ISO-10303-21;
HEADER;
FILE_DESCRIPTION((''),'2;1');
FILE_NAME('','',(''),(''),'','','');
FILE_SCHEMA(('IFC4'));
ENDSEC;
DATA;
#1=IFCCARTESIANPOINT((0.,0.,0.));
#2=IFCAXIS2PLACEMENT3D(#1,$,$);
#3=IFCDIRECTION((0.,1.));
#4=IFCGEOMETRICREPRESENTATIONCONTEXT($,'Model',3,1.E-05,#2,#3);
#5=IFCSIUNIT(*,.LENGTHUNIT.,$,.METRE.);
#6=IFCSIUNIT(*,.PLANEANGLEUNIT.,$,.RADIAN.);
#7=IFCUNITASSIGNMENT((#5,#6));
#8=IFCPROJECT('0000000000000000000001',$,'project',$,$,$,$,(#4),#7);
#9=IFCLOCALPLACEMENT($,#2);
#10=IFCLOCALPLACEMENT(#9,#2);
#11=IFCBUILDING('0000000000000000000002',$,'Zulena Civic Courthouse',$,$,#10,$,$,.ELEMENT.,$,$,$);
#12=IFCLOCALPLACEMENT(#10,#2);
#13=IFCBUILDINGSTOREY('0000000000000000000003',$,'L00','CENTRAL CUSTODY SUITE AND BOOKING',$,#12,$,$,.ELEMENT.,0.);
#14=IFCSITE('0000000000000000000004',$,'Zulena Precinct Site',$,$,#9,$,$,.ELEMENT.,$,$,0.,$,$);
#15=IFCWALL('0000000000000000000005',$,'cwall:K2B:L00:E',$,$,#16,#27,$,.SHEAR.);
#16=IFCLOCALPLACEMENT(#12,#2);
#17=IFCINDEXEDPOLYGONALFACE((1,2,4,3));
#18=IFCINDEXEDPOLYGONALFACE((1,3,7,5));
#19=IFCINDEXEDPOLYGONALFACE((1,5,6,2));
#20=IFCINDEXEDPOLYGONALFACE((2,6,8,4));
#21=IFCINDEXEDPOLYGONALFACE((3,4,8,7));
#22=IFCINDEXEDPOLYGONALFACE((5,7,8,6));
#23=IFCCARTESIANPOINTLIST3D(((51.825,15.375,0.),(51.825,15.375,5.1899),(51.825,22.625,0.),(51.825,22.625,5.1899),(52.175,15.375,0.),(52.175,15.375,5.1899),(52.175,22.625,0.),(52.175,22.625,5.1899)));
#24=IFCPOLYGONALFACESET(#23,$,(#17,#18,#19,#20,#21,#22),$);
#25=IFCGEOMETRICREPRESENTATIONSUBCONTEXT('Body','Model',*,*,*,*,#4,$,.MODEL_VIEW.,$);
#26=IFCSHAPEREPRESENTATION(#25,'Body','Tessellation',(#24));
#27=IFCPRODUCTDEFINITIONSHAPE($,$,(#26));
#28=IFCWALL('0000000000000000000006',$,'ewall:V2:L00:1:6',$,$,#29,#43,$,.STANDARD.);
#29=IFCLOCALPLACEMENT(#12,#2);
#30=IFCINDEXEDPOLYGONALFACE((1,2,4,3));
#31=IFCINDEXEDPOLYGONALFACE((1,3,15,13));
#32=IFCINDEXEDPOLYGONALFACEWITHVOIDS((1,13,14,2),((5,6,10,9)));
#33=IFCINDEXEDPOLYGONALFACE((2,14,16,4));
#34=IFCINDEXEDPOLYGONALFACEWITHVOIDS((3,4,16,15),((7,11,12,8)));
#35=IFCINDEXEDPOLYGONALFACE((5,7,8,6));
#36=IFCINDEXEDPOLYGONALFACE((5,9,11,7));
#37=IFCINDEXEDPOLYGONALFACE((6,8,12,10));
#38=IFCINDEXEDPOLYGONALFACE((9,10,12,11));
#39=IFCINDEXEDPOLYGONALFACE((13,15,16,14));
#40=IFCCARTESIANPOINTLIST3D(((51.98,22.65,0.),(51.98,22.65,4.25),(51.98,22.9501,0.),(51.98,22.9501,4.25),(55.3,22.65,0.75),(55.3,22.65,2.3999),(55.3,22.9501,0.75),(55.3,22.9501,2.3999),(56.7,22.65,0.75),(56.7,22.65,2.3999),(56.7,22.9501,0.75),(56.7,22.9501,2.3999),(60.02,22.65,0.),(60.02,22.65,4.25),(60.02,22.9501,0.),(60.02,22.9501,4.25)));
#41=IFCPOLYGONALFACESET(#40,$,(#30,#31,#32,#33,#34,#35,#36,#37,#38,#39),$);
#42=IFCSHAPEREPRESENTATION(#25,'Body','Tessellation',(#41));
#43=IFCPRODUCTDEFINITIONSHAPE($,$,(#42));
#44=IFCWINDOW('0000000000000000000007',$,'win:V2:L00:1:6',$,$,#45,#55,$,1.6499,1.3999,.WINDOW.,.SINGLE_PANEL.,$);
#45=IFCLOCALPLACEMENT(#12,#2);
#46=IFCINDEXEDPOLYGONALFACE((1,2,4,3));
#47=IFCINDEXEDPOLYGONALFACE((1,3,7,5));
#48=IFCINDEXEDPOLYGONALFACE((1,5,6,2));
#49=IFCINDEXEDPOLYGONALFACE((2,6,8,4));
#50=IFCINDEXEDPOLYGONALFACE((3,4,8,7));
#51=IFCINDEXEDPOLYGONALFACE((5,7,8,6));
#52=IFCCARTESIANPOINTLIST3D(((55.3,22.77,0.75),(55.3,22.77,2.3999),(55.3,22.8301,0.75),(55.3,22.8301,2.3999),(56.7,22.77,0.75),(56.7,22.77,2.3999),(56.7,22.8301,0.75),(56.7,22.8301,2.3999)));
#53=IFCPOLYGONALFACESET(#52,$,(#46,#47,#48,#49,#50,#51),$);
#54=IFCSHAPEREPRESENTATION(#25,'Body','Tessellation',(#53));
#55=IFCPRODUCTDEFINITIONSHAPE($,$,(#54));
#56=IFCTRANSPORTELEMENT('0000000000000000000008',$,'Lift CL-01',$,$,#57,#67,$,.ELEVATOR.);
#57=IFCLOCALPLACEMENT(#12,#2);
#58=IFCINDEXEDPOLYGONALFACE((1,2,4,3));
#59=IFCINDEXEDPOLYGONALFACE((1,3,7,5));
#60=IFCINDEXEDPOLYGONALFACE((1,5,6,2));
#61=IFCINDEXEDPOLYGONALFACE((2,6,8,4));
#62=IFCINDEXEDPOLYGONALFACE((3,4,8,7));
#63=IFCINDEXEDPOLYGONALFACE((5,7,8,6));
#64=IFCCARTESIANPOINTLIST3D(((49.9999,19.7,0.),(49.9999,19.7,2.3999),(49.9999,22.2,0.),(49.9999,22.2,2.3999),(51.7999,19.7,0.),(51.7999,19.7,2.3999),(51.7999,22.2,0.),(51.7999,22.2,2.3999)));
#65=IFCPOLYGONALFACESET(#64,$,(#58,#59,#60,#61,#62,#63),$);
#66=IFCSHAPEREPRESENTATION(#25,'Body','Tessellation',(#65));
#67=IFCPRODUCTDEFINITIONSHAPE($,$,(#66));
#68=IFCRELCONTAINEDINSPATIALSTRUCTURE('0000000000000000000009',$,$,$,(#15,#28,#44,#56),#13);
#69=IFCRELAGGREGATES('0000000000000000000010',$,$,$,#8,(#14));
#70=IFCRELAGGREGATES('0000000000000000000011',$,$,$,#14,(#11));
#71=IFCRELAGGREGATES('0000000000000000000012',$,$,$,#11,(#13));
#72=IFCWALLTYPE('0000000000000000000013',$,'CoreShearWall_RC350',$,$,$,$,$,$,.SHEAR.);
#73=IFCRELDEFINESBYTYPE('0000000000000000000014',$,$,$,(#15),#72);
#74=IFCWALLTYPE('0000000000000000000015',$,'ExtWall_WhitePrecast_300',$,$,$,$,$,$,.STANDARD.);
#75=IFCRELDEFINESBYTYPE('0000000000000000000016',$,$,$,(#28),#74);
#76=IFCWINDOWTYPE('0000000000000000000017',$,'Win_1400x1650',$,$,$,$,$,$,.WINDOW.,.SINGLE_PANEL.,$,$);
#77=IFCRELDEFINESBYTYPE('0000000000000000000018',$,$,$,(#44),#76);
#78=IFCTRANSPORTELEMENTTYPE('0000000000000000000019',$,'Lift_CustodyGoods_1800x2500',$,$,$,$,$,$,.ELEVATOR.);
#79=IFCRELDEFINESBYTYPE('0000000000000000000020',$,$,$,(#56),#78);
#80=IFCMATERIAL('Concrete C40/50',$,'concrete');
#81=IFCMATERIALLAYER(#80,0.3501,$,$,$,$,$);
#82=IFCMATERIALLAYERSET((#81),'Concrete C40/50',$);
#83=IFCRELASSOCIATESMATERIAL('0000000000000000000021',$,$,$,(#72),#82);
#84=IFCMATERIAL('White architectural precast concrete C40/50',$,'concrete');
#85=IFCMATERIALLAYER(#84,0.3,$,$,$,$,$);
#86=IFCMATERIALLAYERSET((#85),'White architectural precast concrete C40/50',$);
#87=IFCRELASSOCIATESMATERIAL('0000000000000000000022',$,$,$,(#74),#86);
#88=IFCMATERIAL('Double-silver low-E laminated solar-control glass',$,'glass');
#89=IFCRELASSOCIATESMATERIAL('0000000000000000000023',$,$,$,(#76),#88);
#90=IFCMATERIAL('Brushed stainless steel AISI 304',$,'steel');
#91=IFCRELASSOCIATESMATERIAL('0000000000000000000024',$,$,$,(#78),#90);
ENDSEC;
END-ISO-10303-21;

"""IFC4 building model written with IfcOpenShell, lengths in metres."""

from ifc_helpers import new_model, si_unit, direction, frame, frame_2d, origin, origin_2d, place, context, subcontext, project, spatial, rectangle, extrude, material, layer, layer_set, type_object, element, fill, save


model = new_model("IFC4")

# Units and contexts
model_context = context("Model", 3, precision=1e-05, world=origin(), true_north=direction((0.0, 1.0)))
body_context = subcontext(model_context, "Body", "Model", "MODEL_VIEW")
ifc_project = project(units=[si_unit("LENGTHUNIT", "METRE"), si_unit("PLANEANGLEUNIT", "RADIAN")], contexts=[model_context])

# Site, building, storey
site_placement = place(None, origin())
site = spatial("IfcSite", under=ifc_project, at=site_placement, Name="Zulena Precinct Site", CompositionType="ELEMENT", RefElevation=0.0)
building_placement = place(site_placement, origin())
building = spatial("IfcBuilding", under=site, at=building_placement, Name="Zulena Civic Courthouse", CompositionType="ELEMENT")
storey_placement = place(building_placement, origin())
storey = spatial("IfcBuildingStorey", under=building, at=storey_placement, Name="L00", Description="CENTRAL CUSTODY SUITE AND BOOKING", CompositionType="ELEMENT", Elevation=0.0)

# Shared definitions
ifc_material_1 = material(Name="Concrete C40/50", Category="concrete")

# Wall
ifc_layer_1 = layer(ifc_material_1, 0.3501)
ifc_layer_set_1 = layer_set([ifc_layer_1], Name="Concrete C40/50")
wall_type_1 = type_object("IfcWallType", Name="CoreShearWall_RC350", PredefinedType="SHEAR", material=ifc_layer_set_1)
wall_1_placement = place(storey_placement, frame((52.0, 15.375, 0.0), z_axis=(0.0, 0.0, 1.0), x_axis=(0.0, 1.0, 0.0)))
element("IfcWall", 1, at=wall_1_placement, inside=storey, type_object=wall_type_1, Name="cwall:K2B:L00:E", PredefinedType="SHEAR", context=body_context, shape_type="SweptSolid", body=[
    extrude(rectangle(XDim=7.25, YDim=0.3501, at=frame_2d((3.625, 0.0))), origin(), (0.0, 0.0, 1.0), 5.1899),
])

# Wall, opening, window
ifc_material_2 = material(Name="White architectural precast concrete C40/50", Category="concrete")
ifc_layer_2 = layer(ifc_material_2, 0.3)
ifc_layer_set_2 = layer_set([ifc_layer_2], Name="White architectural precast concrete C40/50")
wall_type_2 = type_object("IfcWallType", Name="ExtWall_WhitePrecast_300", PredefinedType="STANDARD", material=ifc_layer_set_2)
wall_2_placement = place(storey_placement, frame((51.98, 22.8, 0.0), z_axis=(0.0, 0.0, 1.0), x_axis=(1.0, 0.0, 0.0)))
wall_2 = element("IfcWall", 2, at=wall_2_placement, inside=storey, type_object=wall_type_2, Name="ewall:V2:L00:1:6", PredefinedType="STANDARD", context=body_context, shape_type="SweptSolid", body=[
    extrude(rectangle(XDim=8.04, YDim=0.3, at=frame_2d((4.02, 0.0))), origin(), (0.0, 0.0, 1.0), 4.25),
])
opening_placement = place(wall_2_placement, frame((3.3201, 0.0, 0.75)))
opening = element("IfcOpeningElement", 3, at=opening_placement, cuts=wall_2, PredefinedType="OPENING", context=body_context, shape_type="SweptSolid", body=[
    extrude(rectangle(XDim=1.3999, YDim=1.6499, at=frame_2d((0.7, 0.825))), frame((0.0, 0.1599, 0.0), z_axis=(0.0, -1.0, 0.0), x_axis=(1.0, 0.0, 0.0)), (0.0, 0.0, 1.0), 0.3201),
])
ifc_material_3 = material(Name="Double-silver low-E laminated solar-control glass", Category="glass")
window_type = type_object("IfcWindowType", Name="Win_1400x1650", PartitioningType="SINGLE_PANEL", PredefinedType="WINDOW", material=ifc_material_3)
window_placement = place(opening_placement, origin())
window = element("IfcWindow", 4, at=window_placement, inside=storey, type_object=window_type, Name="win:V2:L00:1:6", OverallHeight=1.6499, OverallWidth=1.3999, PartitioningType="SINGLE_PANEL", PredefinedType="WINDOW", context=body_context, shape_type="SweptSolid", body=[
    extrude(rectangle(XDim=1.3999, YDim=1.6499, at=frame_2d((0.7, 0.825))), frame((0.0, 0.03, 0.0), z_axis=(0.0, -1.0, 0.0), x_axis=(1.0, 0.0, 0.0)), (0.0, 0.0, 1.0), 0.0601),
])
fill(opening, window)

# Transport element
ifc_material_4 = material(Name="Brushed stainless steel AISI 304", Category="steel")
transport_element_type = type_object("IfcTransportElementType", Name="Lift_CustodyGoods_1800x2500", PredefinedType="ELEVATOR", material=ifc_material_4)
transport_element_placement = place(storey_placement, frame((50.8999, 20.95, 0.0), z_axis=(0.0, 0.0, 1.0), x_axis=(1.0, 0.0, 0.0)))
element("IfcTransportElement", 5, at=transport_element_placement, inside=storey, type_object=transport_element_type, Name="Lift CL-01", PredefinedType="ELEVATOR", context=body_context, shape_type="SweptSolid", body=[
    extrude(rectangle(XDim=1.8, YDim=2.5, at=origin_2d()), origin(), (0.0, 0.0, 1.0), 2.3999),
])

save(model, "model.ifc")
